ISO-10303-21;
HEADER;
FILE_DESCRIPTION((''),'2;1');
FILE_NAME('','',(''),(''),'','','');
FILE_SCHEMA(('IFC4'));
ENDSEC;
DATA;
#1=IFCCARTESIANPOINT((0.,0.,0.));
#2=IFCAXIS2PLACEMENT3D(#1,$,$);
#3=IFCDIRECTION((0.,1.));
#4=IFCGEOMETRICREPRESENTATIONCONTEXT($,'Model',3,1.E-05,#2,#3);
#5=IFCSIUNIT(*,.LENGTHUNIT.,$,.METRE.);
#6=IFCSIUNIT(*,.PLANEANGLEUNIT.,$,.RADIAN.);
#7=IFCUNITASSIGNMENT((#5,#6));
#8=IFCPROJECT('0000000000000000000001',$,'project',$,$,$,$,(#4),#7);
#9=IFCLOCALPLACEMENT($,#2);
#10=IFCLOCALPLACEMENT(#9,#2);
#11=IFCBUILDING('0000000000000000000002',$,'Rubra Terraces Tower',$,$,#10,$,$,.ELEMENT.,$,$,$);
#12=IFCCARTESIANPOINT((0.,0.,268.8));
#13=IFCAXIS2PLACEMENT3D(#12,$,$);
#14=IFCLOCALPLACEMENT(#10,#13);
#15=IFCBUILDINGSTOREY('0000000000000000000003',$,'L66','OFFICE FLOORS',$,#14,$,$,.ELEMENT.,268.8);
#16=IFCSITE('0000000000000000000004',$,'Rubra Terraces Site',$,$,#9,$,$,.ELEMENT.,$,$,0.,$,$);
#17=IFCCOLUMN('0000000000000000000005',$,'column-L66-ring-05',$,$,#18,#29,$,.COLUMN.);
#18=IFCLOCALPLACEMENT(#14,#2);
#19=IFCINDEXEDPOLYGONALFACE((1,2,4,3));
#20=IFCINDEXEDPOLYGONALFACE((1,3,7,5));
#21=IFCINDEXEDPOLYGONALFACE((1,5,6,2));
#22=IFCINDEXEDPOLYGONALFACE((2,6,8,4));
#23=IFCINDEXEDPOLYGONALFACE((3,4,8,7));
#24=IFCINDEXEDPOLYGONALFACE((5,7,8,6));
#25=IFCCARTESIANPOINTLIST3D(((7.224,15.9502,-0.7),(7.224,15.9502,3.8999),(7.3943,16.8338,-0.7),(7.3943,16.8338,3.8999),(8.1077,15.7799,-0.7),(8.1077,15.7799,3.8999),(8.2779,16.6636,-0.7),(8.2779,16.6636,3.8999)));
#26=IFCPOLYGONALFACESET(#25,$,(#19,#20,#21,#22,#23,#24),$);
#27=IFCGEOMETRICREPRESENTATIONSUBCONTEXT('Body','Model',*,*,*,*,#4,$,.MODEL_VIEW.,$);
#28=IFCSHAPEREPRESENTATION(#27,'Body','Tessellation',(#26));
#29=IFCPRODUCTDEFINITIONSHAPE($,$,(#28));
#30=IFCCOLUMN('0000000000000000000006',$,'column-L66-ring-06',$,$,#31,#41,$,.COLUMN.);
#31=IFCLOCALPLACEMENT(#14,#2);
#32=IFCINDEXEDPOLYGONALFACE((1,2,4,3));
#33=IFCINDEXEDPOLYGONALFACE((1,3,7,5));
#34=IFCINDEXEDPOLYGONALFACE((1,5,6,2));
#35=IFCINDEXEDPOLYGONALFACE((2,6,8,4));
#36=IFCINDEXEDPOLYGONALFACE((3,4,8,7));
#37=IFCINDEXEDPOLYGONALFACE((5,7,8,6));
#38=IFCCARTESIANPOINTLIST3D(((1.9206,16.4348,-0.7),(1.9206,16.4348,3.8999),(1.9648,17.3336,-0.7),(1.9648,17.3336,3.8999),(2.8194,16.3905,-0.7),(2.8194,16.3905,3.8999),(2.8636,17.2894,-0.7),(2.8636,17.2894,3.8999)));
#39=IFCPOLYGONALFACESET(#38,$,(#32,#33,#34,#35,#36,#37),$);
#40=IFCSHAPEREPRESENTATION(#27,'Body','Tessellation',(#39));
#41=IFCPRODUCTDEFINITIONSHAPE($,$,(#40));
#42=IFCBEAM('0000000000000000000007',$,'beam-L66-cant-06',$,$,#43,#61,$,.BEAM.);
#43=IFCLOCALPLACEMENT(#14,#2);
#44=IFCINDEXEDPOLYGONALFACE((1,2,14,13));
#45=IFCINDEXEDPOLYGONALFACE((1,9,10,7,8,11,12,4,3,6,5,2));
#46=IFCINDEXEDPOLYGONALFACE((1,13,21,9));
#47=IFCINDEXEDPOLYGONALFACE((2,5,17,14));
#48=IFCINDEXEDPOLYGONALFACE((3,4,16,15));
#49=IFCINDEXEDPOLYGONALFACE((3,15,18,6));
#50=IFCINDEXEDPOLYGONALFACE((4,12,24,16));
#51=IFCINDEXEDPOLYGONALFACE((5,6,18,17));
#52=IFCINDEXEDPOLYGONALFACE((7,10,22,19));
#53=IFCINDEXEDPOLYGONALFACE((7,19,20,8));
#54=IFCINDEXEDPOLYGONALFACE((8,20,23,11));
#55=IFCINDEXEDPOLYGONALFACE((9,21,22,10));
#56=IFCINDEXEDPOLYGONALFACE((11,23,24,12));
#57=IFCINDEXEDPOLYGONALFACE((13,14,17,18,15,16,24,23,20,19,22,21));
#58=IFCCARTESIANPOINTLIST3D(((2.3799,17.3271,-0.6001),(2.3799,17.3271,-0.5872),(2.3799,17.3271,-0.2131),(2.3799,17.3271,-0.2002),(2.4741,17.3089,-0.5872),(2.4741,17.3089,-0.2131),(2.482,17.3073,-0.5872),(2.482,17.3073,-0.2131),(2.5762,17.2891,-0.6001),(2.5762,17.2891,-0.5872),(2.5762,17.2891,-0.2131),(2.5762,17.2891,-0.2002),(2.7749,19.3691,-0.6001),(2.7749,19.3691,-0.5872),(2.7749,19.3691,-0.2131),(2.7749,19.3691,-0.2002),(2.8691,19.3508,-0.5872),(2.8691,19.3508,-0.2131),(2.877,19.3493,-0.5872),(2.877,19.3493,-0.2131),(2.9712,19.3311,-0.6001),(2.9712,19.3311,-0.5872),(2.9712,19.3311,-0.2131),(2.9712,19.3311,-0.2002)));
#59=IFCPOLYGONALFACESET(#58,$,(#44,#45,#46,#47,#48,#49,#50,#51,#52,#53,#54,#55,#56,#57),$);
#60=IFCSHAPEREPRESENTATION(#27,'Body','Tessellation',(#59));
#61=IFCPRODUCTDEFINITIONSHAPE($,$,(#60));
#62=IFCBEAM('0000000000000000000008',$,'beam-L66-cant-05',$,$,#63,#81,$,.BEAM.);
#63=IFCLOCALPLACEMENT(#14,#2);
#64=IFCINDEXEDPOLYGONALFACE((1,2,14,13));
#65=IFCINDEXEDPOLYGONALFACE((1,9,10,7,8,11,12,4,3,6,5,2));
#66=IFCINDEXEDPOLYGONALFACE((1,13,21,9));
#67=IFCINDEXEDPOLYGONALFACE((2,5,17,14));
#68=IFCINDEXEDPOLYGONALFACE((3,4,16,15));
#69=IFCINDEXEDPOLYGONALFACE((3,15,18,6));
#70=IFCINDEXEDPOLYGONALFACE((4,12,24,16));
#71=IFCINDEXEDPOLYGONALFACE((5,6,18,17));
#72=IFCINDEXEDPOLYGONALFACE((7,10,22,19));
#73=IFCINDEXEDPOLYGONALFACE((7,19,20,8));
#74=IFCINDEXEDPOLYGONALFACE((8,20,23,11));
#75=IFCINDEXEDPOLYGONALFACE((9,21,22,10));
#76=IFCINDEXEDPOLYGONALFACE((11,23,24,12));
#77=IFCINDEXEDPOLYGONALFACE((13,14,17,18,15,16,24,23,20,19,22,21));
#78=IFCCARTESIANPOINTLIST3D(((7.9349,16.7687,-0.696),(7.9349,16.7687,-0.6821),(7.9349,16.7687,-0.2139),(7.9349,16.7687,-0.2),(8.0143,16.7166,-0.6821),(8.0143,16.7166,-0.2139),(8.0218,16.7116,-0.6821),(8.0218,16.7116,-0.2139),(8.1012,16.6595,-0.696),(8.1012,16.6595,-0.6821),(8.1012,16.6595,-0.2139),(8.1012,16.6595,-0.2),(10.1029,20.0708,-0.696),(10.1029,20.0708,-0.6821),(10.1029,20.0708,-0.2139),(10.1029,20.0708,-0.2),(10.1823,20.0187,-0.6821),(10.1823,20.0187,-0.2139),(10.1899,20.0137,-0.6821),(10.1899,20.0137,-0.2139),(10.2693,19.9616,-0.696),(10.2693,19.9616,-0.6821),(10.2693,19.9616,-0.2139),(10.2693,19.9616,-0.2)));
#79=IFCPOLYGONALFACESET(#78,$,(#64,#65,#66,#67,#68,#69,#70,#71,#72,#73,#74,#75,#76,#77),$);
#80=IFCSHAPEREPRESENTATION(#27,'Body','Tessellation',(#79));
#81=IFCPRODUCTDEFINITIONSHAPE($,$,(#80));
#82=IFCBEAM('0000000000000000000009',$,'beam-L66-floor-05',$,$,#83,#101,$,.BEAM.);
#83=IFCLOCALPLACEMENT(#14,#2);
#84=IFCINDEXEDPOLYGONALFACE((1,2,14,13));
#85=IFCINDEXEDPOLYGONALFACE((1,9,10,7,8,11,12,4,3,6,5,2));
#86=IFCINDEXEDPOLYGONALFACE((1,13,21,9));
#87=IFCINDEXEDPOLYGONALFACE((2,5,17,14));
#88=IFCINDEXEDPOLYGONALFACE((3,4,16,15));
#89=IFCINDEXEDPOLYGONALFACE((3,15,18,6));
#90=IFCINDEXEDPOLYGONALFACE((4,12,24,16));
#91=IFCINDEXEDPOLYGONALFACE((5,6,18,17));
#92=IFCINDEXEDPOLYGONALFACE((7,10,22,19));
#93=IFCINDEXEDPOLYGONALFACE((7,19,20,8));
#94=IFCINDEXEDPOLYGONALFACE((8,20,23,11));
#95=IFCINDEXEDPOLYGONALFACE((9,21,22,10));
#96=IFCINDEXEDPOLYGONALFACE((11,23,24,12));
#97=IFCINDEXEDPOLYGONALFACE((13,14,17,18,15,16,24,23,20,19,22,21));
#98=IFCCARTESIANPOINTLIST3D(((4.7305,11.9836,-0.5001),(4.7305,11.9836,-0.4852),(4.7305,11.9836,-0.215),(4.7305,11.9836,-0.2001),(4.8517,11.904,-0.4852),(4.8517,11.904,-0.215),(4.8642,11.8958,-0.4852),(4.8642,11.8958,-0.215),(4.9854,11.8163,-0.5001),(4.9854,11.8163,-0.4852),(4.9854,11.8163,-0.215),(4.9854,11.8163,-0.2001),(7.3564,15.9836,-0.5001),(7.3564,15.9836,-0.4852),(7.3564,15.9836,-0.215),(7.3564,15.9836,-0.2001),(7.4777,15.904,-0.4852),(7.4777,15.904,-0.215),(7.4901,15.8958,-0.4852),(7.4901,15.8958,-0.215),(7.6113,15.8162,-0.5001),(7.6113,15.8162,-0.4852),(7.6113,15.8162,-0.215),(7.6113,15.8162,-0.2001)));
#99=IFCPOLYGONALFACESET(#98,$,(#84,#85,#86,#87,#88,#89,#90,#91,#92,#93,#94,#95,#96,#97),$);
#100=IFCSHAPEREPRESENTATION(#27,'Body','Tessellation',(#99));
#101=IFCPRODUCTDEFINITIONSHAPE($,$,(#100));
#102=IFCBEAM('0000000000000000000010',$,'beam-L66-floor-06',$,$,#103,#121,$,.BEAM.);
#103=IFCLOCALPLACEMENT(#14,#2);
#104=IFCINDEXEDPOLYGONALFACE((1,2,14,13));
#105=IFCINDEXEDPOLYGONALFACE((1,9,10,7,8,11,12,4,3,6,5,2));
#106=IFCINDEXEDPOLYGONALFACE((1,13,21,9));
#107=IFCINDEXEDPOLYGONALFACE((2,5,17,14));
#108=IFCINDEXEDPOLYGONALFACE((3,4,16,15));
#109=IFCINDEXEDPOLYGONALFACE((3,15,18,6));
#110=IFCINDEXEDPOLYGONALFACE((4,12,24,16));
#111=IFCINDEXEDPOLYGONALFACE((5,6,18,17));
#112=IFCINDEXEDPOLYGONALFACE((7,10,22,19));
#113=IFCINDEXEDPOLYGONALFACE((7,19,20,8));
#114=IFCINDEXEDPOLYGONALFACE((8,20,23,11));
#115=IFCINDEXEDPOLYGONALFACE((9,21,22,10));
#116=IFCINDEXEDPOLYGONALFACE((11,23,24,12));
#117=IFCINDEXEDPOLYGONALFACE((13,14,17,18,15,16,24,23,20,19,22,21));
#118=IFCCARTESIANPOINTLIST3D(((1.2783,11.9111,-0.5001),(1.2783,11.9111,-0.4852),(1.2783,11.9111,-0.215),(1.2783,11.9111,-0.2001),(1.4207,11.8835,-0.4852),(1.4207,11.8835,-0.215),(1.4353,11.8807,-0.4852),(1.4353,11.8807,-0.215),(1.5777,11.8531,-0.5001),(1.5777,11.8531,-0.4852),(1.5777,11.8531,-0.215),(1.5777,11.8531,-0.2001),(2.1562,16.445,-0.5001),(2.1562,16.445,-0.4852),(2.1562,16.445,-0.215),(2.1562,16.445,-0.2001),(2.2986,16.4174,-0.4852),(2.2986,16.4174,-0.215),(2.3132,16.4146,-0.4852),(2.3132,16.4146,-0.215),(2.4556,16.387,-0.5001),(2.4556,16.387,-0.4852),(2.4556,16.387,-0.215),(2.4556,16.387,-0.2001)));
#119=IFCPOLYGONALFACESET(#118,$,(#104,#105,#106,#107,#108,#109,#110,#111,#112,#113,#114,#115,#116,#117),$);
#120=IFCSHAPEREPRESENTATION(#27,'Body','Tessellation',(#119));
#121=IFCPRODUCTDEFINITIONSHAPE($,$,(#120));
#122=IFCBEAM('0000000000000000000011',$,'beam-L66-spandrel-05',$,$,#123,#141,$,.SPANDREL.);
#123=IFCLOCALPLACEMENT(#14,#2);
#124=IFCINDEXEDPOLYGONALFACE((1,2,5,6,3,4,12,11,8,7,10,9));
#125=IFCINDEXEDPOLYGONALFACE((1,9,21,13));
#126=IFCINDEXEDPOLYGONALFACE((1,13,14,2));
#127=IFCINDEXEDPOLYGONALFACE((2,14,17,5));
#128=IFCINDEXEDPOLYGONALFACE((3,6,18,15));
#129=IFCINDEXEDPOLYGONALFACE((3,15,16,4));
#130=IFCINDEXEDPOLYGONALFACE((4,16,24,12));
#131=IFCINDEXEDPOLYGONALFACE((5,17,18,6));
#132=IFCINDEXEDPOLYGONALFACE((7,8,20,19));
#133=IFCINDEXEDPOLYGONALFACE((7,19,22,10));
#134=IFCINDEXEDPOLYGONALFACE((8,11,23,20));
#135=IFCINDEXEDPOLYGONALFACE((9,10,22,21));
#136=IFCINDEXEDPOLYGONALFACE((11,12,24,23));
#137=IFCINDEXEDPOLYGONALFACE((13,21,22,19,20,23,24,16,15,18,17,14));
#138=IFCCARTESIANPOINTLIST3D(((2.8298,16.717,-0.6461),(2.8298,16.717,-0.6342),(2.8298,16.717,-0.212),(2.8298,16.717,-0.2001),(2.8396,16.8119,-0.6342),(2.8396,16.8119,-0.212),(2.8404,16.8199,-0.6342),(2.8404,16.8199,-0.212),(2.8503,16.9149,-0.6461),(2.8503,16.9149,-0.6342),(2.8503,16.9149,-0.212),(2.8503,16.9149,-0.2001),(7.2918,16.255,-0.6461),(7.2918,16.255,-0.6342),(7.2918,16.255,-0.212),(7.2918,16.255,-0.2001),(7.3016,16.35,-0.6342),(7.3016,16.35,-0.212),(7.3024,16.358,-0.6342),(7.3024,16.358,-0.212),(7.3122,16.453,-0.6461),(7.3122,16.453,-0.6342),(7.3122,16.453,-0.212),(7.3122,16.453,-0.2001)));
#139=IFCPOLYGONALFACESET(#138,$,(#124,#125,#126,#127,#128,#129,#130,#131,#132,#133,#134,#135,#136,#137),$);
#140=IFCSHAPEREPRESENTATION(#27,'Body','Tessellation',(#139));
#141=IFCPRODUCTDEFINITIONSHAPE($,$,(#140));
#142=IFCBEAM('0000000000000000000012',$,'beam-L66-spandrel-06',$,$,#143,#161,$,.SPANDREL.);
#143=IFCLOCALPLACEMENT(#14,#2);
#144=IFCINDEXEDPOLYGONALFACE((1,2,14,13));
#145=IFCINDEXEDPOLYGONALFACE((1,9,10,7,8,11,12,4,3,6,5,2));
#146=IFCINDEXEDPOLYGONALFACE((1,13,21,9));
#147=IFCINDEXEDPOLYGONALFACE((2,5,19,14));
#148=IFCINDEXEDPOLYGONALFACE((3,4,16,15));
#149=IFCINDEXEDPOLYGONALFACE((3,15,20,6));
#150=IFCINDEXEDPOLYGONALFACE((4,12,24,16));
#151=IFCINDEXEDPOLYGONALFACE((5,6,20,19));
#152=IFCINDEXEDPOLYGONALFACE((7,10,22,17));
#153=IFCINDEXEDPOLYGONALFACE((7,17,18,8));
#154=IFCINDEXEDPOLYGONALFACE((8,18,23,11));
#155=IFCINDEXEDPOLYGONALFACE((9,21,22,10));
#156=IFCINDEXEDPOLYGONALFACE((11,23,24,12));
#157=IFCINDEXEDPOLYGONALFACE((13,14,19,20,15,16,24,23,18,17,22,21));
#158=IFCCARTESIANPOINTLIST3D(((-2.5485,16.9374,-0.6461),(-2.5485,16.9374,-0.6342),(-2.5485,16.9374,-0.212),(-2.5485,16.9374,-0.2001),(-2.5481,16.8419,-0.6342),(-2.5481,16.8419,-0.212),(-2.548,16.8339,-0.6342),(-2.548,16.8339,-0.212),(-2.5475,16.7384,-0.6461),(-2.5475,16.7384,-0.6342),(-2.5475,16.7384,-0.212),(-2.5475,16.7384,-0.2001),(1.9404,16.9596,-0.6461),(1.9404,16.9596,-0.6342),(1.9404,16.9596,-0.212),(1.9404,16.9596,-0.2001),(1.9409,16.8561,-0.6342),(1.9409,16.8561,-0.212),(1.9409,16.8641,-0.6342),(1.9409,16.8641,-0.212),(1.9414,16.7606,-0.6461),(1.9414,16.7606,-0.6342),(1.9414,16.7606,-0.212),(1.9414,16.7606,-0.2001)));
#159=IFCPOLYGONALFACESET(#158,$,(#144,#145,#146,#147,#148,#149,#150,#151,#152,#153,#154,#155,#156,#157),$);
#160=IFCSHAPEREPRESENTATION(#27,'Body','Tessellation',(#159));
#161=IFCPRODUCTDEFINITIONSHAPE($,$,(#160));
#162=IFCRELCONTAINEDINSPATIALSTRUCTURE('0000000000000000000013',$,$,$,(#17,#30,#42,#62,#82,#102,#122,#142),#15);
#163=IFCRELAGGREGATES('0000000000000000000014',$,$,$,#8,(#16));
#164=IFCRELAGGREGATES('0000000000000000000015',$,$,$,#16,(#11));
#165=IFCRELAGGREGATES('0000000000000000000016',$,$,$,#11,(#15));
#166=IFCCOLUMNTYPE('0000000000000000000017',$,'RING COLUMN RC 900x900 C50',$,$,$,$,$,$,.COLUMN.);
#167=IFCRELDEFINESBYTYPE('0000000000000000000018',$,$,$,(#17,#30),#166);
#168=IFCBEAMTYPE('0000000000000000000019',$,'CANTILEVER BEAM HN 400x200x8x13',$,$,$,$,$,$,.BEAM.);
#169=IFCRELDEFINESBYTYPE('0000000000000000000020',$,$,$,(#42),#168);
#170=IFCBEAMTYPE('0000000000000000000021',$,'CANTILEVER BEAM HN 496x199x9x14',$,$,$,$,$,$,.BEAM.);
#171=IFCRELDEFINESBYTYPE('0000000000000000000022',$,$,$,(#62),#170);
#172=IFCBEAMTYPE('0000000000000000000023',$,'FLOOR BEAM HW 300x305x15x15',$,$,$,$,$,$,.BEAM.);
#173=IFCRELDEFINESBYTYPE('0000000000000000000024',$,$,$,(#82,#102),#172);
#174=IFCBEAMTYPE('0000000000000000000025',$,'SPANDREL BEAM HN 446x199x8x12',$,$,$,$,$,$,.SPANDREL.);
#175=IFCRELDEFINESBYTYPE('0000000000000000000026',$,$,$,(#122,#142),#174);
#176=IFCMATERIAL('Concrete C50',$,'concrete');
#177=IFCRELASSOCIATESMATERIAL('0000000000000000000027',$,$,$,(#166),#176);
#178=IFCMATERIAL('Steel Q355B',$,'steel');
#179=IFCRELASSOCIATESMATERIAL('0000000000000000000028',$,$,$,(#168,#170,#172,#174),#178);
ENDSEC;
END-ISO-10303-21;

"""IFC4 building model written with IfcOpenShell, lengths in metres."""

from ifc_helpers import new_model, si_unit, direction, frame, origin, origin_2d, place, context, subcontext, project, spatial, rectangle, i_section, extrude, material, material_profile, profile_set, type_object, element, save


model = new_model("IFC4")

# Units and contexts
model_context = context("Model", 3, precision=1e-05, world=origin(), true_north=direction((0.0, 1.0)))
body_context = subcontext(model_context, "Body", "Model", "MODEL_VIEW")
ifc_project = project(units=[si_unit("LENGTHUNIT", "METRE"), si_unit("PLANEANGLEUNIT", "RADIAN")], contexts=[model_context])

# Site, building, storey
site_placement = place(None, origin())
site = spatial("IfcSite", under=ifc_project, at=site_placement, Name="Rubra Terraces Site", CompositionType="ELEMENT", RefElevation=0.0)
building_placement = place(site_placement, origin())
building = spatial("IfcBuilding", under=site, at=building_placement, Name="Rubra Terraces Tower", CompositionType="ELEMENT")
storey_placement = place(building_placement, frame((0.0, 0.0, 268.8)))
storey = spatial("IfcBuildingStorey", under=building, at=storey_placement, Name="L66", Description="OFFICE FLOORS", CompositionType="ELEMENT", Elevation=268.8)

# Columns
ifc_material_1 = material(Name="Concrete C50", Category="concrete")
ifc_material_profile_1 = material_profile(ifc_material_1, rectangle(XDim=0.8999, YDim=0.8999, at=origin_2d()), Name="RC 900x900")
ifc_profile_set_1 = profile_set([ifc_material_profile_1], Name="Concrete C50")
column_type = type_object("IfcColumnType", Name="RING COLUMN RC 900x900 C50", PredefinedType="COLUMN", material=ifc_profile_set_1)
for number, where, z_axis, x_axis, name in (
    (1, (7.751, 16.3069, -0.7), (0.0, 0.0, 1.0), (-0.981937, 0.18921, 0.0), "column-L66-ring-05"),
    (2, (2.3921, 16.8621, -0.7), (0.0, 0.0, 1.0), (-0.998791, 0.04915, 0.0), "column-L66-ring-06"),
):
    element("IfcColumn", number, at=place(storey_placement, frame(where, z_axis=z_axis, x_axis=x_axis)), inside=storey, type_object=column_type, Name=name, PredefinedType="COLUMN", context=body_context, shape_type="SweptSolid", body=[
        extrude(rectangle(XDim=0.8999, YDim=0.8999, at=origin_2d()), origin(), (0.0, 0.0, 1.0), 4.5999),
    ])

# Beams
ifc_material_2 = material(Name="Steel Q355B", Category="steel")
ifc_material_profile_2 = material_profile(ifc_material_2, i_section(OverallWidth=0.2, OverallDepth=0.3999, WebThickness=0.0081, FlangeThickness=0.0129, at=origin_2d()), Name="HN 400x200x8x13")
ifc_profile_set_2 = profile_set([ifc_material_profile_2], Name="Steel Q355B")
beam_type_1 = type_object("IfcBeamType", Name="CANTILEVER BEAM HN 400x200x8x13", PredefinedType="BEAM", material=ifc_profile_set_2)
beam_1_placement = place(storey_placement, frame((2.478, 17.3081, -0.4001), z_axis=(0.189927, 0.981798, 0.0), x_axis=(-0.981798, 0.189927, 0.0)))
element("IfcBeam", 3, at=beam_1_placement, inside=storey, type_object=beam_type_1, Name="beam-L66-cant-06", PredefinedType="BEAM", context=body_context, shape_type="SweptSolid", body=[
    extrude(i_section(OverallWidth=0.2, OverallDepth=0.3999, WebThickness=0.0081, FlangeThickness=0.0129, at=origin_2d()), origin(), (0.0, 0.0, 1.0), 2.0798),
])
ifc_material_profile_3 = material_profile(ifc_material_2, i_section(OverallWidth=0.199, OverallDepth=0.4961, WebThickness=0.009, FlangeThickness=0.0139, at=origin_2d()), Name="HN 496x199x9x14")
ifc_profile_set_3 = profile_set([ifc_material_profile_3], Name="Steel Q355B")
beam_type_2 = type_object("IfcBeamType", Name="CANTILEVER BEAM HN 496x199x9x14", PredefinedType="BEAM", material=ifc_profile_set_3)
beam_2_placement = place(storey_placement, frame((8.0181, 16.7141, -0.448), z_axis=(0.548839, 0.835928, 0.0), x_axis=(-0.835928, 0.548839, 0.0)))
element("IfcBeam", 4, at=beam_2_placement, inside=storey, type_object=beam_type_2, Name="beam-L66-cant-05", PredefinedType="BEAM", context=body_context, shape_type="SweptSolid", body=[
    extrude(i_section(OverallWidth=0.199, OverallDepth=0.4961, WebThickness=0.009, FlangeThickness=0.0139, at=origin_2d()), origin(), (0.0, 0.0, 1.0), 3.9502),
])
ifc_material_profile_4 = material_profile(ifc_material_2, i_section(OverallWidth=0.3049, OverallDepth=0.3, WebThickness=0.0149, FlangeThickness=0.0149, at=origin_2d()), Name="HW 300x305x15x15")
ifc_profile_set_4 = profile_set([ifc_material_profile_4], Name="Steel Q355B")
beam_type_3 = type_object("IfcBeamType", Name="FLOOR BEAM HW 300x305x15x15", PredefinedType="BEAM", material=ifc_profile_set_4)
beam_3_placement = place(storey_placement, frame((7.4839, 15.8999, -0.3501), z_axis=(-0.548799, -0.835954, 0.0), x_axis=(0.835954, -0.548799, 0.0)))
element("IfcBeam", 5, at=beam_3_placement, inside=storey, type_object=beam_type_3, Name="beam-L66-floor-05", PredefinedType="BEAM", context=body_context, shape_type="SweptSolid", body=[
    extrude(i_section(OverallWidth=0.3049, OverallDepth=0.3, WebThickness=0.0149, FlangeThickness=0.0149, at=origin_2d()), origin(), (0.0, 0.0, 1.0), 4.7849),
])
beam_4_placement = place(storey_placement, frame((2.3059, 16.416, -0.3501), z_axis=(-0.190104, -0.981764, 0.0), x_axis=(0.981764, -0.190104, 0.0)))
element("IfcBeam", 6, at=beam_4_placement, inside=storey, type_object=beam_type_3, Name="beam-L66-floor-06", PredefinedType="BEAM", context=body_context, shape_type="SweptSolid", body=[
    extrude(i_section(OverallWidth=0.3049, OverallDepth=0.3, WebThickness=0.0149, FlangeThickness=0.0149, at=origin_2d()), origin(), (0.0, 0.0, 1.0), 4.6182),
])
ifc_material_profile_5 = material_profile(ifc_material_2, i_section(OverallWidth=0.199, OverallDepth=0.446, WebThickness=0.0081, FlangeThickness=0.012, at=origin_2d()), Name="HN 446x199x8x12")
ifc_profile_set_5 = profile_set([ifc_material_profile_5], Name="Steel Q355B")
beam_type_4 = type_object("IfcBeamType", Name="SPANDREL BEAM HN 446x199x8x12", PredefinedType="SPANDREL", material=ifc_profile_set_5)
beam_5_placement = place(storey_placement, frame((7.302, 16.354, -0.4231), z_axis=(-0.994684, 0.102973, 0.0), x_axis=(-0.102973, -0.994684, 0.0)))
element("IfcBeam", 7, at=beam_5_placement, inside=storey, type_object=beam_type_4, Name="beam-L66-spandrel-05", PredefinedType="SPANDREL", context=body_context, shape_type="SweptSolid", body=[
    extrude(i_section(OverallWidth=0.199, OverallDepth=0.446, WebThickness=0.0081, FlangeThickness=0.012, at=origin_2d()), origin(), (0.0, 0.0, 1.0), 4.4858),
])
beam_6_placement = place(storey_placement, frame((1.9409, 16.8601, -0.4231), z_axis=(-0.999988, -0.004949, 0.0), x_axis=(0.004949, -0.999988, 0.0)))
element("IfcBeam", 8, at=beam_6_placement, inside=storey, type_object=beam_type_4, Name="beam-L66-spandrel-06", PredefinedType="SPANDREL", context=body_context, shape_type="SweptSolid", body=[
    extrude(i_section(OverallWidth=0.199, OverallDepth=0.446, WebThickness=0.0081, FlangeThickness=0.012, at=origin_2d()), origin(), (0.0, 0.0, 1.0), 4.489),
])

save(model, "model.ifc")
